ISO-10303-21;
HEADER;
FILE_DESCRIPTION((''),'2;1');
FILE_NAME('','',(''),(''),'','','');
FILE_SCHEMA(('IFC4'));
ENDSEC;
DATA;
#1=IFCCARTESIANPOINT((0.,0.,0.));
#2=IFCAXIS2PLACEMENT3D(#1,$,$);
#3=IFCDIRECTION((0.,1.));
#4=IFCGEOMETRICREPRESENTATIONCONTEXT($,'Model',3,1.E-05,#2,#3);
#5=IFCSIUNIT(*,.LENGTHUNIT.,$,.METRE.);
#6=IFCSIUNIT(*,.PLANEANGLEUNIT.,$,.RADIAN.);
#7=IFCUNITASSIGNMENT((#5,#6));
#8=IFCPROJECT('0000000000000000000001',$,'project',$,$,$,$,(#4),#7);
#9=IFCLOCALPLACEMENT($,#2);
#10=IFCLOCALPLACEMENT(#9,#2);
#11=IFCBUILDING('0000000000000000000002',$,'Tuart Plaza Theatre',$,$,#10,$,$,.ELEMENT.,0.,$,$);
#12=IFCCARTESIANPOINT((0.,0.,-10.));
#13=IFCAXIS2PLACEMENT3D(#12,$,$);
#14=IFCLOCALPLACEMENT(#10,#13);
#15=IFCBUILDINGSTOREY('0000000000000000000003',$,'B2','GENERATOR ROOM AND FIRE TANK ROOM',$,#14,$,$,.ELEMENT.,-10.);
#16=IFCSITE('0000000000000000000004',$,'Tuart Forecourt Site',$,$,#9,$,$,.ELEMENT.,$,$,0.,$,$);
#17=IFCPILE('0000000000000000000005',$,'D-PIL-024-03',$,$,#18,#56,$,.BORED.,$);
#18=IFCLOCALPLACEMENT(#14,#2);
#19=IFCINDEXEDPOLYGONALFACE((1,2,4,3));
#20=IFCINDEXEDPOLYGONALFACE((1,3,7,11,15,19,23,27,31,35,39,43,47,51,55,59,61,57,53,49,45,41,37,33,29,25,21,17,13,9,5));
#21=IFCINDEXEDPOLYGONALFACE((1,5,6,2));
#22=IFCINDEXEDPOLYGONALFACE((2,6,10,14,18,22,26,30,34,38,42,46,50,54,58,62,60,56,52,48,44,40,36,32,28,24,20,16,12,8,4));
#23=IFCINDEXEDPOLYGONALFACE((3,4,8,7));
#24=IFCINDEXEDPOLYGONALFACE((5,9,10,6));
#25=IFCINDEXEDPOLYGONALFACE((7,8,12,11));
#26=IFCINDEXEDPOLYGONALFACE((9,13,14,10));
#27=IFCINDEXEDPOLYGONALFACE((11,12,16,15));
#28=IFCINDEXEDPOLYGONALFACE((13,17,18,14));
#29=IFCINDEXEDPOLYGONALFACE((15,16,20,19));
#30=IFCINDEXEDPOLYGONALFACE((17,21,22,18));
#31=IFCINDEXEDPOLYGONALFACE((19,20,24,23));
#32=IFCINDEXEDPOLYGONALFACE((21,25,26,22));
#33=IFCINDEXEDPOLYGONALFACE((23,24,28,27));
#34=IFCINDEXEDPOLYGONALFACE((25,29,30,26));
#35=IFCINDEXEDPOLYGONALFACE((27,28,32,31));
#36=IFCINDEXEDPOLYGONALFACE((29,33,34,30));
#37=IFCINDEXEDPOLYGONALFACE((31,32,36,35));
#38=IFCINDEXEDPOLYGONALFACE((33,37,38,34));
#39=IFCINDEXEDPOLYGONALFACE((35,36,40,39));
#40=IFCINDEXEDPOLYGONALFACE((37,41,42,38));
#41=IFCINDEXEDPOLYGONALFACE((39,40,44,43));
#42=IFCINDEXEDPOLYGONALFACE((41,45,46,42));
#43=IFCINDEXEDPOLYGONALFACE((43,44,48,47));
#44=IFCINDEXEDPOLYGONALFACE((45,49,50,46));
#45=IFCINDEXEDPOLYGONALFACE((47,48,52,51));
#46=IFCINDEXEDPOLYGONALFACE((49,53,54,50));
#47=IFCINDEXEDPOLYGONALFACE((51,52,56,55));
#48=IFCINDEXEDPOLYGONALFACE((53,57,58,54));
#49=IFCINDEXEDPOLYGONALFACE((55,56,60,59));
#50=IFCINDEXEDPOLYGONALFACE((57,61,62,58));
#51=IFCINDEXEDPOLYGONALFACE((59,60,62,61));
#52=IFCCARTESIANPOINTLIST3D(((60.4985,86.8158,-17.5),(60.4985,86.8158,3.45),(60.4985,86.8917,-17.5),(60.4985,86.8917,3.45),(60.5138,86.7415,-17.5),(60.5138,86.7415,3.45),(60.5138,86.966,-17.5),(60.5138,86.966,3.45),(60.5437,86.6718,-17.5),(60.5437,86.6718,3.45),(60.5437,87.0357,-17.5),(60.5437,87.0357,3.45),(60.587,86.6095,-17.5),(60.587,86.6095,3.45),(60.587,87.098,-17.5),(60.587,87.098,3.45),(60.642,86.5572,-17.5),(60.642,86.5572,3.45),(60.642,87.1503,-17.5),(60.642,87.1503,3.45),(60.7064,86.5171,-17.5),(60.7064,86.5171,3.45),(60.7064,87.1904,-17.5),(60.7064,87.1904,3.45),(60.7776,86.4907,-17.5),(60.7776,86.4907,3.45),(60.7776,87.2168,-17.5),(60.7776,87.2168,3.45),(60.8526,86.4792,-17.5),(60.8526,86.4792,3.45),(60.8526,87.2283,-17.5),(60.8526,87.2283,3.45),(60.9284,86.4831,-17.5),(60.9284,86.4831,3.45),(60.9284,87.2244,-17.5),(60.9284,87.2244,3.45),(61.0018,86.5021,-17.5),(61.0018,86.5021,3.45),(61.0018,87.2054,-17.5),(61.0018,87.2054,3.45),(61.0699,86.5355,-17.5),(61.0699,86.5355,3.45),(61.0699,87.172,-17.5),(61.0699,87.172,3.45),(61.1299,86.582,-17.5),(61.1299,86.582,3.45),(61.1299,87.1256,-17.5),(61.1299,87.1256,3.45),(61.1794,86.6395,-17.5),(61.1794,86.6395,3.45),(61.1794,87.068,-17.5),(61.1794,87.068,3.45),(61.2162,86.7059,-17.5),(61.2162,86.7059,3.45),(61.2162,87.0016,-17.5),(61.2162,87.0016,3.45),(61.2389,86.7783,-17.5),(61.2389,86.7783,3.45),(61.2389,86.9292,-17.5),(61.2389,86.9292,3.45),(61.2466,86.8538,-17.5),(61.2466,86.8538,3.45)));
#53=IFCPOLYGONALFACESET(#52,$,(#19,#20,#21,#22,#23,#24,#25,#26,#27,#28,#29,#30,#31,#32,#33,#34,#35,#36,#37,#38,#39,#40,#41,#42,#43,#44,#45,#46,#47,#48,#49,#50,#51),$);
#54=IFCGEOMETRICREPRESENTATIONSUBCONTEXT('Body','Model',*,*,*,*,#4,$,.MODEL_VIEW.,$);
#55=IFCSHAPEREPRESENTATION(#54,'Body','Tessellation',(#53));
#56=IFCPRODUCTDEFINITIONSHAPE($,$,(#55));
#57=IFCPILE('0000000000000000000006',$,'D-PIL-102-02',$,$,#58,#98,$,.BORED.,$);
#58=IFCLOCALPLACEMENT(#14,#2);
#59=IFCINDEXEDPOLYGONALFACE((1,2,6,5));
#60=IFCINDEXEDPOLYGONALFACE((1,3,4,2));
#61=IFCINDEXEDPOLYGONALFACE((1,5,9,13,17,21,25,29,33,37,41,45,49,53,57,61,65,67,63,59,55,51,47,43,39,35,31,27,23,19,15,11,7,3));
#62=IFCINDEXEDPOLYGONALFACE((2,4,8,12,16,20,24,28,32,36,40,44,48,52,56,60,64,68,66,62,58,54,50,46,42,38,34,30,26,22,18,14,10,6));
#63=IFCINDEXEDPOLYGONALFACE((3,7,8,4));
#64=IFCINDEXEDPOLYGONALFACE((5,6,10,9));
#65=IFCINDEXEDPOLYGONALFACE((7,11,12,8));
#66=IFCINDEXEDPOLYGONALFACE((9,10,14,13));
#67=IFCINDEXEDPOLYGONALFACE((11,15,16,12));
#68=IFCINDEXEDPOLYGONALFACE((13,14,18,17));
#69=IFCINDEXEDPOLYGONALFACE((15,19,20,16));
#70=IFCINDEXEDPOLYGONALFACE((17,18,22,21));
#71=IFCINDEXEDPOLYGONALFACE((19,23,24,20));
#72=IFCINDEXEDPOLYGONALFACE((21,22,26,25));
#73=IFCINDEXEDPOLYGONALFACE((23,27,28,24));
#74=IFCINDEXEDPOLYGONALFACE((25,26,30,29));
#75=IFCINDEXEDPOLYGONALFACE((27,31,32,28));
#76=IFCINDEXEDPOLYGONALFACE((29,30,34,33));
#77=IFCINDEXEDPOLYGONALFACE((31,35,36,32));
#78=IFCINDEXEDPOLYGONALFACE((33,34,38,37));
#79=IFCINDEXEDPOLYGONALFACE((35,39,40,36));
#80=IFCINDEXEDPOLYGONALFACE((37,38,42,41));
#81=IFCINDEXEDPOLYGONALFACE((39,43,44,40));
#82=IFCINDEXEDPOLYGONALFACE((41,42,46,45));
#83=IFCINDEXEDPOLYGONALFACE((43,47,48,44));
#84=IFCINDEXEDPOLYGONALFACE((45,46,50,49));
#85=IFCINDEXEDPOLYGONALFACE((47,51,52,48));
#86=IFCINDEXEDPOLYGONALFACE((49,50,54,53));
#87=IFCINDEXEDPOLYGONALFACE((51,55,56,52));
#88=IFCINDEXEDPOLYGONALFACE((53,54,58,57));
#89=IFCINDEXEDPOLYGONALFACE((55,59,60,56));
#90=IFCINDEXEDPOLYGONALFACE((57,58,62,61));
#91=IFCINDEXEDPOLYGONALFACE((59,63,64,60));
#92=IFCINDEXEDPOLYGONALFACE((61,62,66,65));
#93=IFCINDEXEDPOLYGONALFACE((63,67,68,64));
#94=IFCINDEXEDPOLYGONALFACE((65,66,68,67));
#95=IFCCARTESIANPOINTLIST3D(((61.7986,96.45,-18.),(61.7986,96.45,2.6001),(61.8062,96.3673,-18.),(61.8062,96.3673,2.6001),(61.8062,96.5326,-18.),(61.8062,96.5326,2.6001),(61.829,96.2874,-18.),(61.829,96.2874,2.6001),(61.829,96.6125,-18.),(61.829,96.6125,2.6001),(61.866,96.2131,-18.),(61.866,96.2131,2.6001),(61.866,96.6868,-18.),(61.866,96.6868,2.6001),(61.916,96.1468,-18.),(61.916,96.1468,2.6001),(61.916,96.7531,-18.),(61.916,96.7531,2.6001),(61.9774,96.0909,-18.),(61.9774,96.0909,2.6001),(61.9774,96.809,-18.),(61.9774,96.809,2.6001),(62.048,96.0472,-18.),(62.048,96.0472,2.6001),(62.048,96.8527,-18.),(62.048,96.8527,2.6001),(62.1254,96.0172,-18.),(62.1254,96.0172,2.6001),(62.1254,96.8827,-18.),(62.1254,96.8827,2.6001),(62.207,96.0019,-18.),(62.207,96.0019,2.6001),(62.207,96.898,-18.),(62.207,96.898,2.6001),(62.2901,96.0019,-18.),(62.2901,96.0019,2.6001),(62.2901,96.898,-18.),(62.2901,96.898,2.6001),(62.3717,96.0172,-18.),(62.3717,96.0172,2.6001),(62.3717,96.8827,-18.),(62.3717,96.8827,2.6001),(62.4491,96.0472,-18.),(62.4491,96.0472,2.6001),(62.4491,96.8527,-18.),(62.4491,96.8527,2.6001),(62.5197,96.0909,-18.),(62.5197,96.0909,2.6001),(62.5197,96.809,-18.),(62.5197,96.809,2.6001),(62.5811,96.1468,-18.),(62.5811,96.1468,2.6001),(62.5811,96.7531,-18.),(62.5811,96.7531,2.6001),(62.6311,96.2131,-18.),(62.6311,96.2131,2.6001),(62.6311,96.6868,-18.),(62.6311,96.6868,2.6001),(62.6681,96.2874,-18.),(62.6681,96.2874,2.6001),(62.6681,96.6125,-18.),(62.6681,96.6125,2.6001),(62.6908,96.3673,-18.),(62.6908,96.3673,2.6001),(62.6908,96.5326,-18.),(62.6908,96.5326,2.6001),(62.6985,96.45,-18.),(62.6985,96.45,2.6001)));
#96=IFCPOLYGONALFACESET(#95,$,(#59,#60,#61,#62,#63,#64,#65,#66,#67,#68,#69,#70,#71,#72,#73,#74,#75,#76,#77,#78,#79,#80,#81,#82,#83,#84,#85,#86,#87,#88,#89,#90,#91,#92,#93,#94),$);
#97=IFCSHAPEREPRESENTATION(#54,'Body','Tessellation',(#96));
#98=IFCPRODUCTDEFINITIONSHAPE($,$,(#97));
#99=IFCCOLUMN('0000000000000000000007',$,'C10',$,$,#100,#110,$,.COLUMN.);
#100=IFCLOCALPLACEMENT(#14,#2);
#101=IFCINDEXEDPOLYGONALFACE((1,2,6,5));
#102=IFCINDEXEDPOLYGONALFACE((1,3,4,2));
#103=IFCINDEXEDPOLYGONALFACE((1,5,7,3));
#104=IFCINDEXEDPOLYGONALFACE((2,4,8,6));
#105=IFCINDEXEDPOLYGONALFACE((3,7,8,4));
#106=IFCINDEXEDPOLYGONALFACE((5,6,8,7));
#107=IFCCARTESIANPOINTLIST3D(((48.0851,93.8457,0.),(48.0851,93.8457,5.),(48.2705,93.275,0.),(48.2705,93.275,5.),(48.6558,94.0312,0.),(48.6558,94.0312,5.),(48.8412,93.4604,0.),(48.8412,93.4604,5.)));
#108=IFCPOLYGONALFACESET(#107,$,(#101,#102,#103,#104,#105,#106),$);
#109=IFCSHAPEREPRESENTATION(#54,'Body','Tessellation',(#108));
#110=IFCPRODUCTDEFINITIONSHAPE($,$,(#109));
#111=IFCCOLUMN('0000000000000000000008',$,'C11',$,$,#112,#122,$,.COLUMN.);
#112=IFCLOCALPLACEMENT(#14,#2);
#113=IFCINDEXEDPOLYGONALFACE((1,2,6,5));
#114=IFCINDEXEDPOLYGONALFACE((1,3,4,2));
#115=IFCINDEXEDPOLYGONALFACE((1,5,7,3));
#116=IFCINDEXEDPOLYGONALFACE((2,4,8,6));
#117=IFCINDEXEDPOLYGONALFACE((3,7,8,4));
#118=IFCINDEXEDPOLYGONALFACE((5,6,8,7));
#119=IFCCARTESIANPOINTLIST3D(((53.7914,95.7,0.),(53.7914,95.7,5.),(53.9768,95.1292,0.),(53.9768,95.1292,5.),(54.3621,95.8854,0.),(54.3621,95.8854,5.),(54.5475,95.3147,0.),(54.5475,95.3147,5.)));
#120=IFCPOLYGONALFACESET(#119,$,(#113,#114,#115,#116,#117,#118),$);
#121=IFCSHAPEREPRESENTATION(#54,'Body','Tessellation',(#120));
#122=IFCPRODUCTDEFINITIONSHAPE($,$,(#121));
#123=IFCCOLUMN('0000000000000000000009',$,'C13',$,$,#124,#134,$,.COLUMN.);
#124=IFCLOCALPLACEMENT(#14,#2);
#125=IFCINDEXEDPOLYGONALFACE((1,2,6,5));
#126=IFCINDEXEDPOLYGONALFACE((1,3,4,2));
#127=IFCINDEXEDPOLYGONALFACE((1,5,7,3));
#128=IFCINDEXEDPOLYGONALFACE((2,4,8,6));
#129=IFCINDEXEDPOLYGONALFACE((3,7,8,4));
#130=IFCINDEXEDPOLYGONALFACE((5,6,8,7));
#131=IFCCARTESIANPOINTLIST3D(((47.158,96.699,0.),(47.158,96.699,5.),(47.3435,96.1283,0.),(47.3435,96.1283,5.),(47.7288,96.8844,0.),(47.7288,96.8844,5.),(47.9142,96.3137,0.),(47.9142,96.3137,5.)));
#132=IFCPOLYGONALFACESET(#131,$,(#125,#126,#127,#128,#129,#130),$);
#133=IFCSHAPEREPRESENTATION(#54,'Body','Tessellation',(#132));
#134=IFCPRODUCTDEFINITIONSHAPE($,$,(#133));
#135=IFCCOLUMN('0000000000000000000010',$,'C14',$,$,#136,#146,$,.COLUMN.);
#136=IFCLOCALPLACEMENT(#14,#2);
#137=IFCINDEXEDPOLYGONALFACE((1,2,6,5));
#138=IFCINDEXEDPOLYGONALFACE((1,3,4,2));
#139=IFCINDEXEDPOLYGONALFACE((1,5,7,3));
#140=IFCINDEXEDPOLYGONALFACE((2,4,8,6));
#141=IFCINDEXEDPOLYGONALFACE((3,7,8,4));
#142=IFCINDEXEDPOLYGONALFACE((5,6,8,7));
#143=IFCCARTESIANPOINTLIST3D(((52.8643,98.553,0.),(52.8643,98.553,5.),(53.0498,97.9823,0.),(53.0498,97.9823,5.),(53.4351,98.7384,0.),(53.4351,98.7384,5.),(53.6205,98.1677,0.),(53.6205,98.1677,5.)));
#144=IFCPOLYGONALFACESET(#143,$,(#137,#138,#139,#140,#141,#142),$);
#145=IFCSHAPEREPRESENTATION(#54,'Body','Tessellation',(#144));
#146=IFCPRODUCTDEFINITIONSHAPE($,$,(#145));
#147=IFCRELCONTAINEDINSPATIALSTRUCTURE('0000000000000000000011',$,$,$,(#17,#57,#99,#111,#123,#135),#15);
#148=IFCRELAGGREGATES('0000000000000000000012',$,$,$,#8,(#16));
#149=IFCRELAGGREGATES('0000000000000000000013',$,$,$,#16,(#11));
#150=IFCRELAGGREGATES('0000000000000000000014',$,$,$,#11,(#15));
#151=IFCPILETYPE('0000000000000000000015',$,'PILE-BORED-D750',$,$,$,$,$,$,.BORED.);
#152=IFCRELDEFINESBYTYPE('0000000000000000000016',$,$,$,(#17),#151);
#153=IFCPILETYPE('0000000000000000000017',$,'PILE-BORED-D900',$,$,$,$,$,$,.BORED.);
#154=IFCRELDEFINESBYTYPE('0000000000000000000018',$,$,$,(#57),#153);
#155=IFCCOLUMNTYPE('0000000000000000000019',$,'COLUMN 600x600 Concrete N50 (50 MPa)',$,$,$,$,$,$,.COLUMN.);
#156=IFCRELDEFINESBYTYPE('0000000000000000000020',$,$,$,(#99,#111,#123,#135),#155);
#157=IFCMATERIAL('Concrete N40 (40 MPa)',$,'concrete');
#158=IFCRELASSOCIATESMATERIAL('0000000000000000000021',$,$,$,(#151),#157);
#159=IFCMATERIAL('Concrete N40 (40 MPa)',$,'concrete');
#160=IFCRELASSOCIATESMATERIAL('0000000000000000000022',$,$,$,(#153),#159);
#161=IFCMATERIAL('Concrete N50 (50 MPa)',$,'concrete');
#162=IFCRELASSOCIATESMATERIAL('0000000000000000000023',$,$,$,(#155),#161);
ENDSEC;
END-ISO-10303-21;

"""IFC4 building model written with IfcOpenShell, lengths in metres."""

from ifc_helpers import new_model, si_unit, direction, frame, origin, origin_2d, place, context, subcontext, project, spatial, rectangle, circle, extrude, material, material_profile, profile_set, type_object, element, save


model = new_model("IFC4")

# Units and contexts
model_context = context("Model", 3, precision=1e-05, world=origin(), true_north=direction((0.0, 1.0)))
body_context = subcontext(model_context, "Body", "Model", "MODEL_VIEW")
ifc_project = project(units=[si_unit("LENGTHUNIT", "METRE"), si_unit("PLANEANGLEUNIT", "RADIAN")], contexts=[model_context])

# Site, building, storey
site_placement = place(None, origin())
site = spatial("IfcSite", under=ifc_project, at=site_placement, Name="Tuart Forecourt Site", CompositionType="ELEMENT", RefElevation=0.0)
building_placement = place(site_placement, origin())
building = spatial("IfcBuilding", under=site, at=building_placement, Name="Tuart Plaza Theatre", CompositionType="ELEMENT", ElevationOfRefHeight=0.0)
storey_placement = place(building_placement, frame((0.0, 0.0, -10.0)))
storey = spatial("IfcBuildingStorey", under=building, at=storey_placement, Name="B2", Description="GENERATOR ROOM AND FIRE TANK ROOM", CompositionType="ELEMENT", Elevation=-10.0)

# Piles
ifc_material_1 = material(Name="Concrete N40 (40 MPa)", Category="concrete")
ifc_material_profile_1 = material_profile(ifc_material_1, circle(Radius=0.375, at=origin_2d()), Name="PILE-BORED-D750")
ifc_profile_set_1 = profile_set([ifc_material_profile_1], Name="Concrete N40 (40 MPa)")
pile_type_1 = type_object("IfcPileType", Name="PILE-BORED-D750", PredefinedType="BORED", material=ifc_profile_set_1)
for number, where, z_axis, x_axis, name in (
    (1, (60.8716, 86.8538, 3.45), (0.0, 0.0, -1.0), (1.0, 0.0, 0.0), "D-PIL-024-03"),
):
    element("IfcPile", number, at=place(storey_placement, frame(where, z_axis=z_axis, x_axis=x_axis)), inside=storey, type_object=pile_type_1, Name=name, PredefinedType="BORED", context=body_context, shape_type="SweptSolid", body=[
        extrude(circle(Radius=0.375, at=origin_2d()), origin(), (0.0, 0.0, 1.0), 20.95),
    ])
ifc_material_2 = material(Name="Concrete N40 (40 MPa)", Category="concrete")
ifc_material_profile_2 = material_profile(ifc_material_2, circle(Radius=0.45, at=origin_2d()), Name="PILE-BORED-D900")
ifc_profile_set_2 = profile_set([ifc_material_profile_2], Name="Concrete N40 (40 MPa)")
pile_type_2 = type_object("IfcPileType", Name="PILE-BORED-D900", PredefinedType="BORED", material=ifc_profile_set_2)
pile_1_placement = place(storey_placement, frame((62.2485, 96.45, 2.6001), z_axis=(0.0, 0.0, -1.0), x_axis=(1.0, 0.0, 0.0)))
element("IfcPile", 2, at=pile_1_placement, inside=storey, type_object=pile_type_2, Name="D-PIL-102-02", PredefinedType="BORED", context=body_context, shape_type="SweptSolid", body=[
    extrude(circle(Radius=0.45, at=origin_2d()), origin(), (0.0, 0.0, 1.0), 20.6001),
])

# Columns
ifc_material_3 = material(Name="Concrete N50 (50 MPa)", Category="concrete")
ifc_material_profile_3 = material_profile(ifc_material_3, rectangle(XDim=0.6001, YDim=0.6001, at=origin_2d()), Name="COLUMN 600x600 Concrete N50 (50 MPa)")
ifc_profile_set_3 = profile_set([ifc_material_profile_3], Name="Concrete N50 (50 MPa)")
column_type = type_object("IfcColumnType", Name="COLUMN 600x600 Concrete N50 (50 MPa)", PredefinedType="COLUMN", material=ifc_profile_set_3)
for number, where, z_axis, x_axis, name in (
    (3, (48.4631, 93.6531, 0.0), (0.0, 0.0, 1.0), (0.951057, 0.309017, 0.0), "C10"),
    (4, (54.1694, 95.5073, 0.0), (0.0, 0.0, 1.0), (0.951057, 0.309017, 0.0), "C11"),
    (5, (47.5361, 96.5063, 0.0), (0.0, 0.0, 1.0), (0.951057, 0.309017, 0.0), "C13"),
    (6, (53.2424, 98.3604, 0.0), (0.0, 0.0, 1.0), (0.951057, 0.309017, 0.0), "C14"),
):
    element("IfcColumn", number, at=place(storey_placement, frame(where, z_axis=z_axis, x_axis=x_axis)), inside=storey, type_object=column_type, Name=name, PredefinedType="COLUMN", context=body_context, shape_type="SweptSolid", body=[
        extrude(rectangle(XDim=0.6001, YDim=0.6001, at=origin_2d()), origin(), (0.0, 0.0, 1.0), 5.0),
    ])

save(model, "model.ifc")
